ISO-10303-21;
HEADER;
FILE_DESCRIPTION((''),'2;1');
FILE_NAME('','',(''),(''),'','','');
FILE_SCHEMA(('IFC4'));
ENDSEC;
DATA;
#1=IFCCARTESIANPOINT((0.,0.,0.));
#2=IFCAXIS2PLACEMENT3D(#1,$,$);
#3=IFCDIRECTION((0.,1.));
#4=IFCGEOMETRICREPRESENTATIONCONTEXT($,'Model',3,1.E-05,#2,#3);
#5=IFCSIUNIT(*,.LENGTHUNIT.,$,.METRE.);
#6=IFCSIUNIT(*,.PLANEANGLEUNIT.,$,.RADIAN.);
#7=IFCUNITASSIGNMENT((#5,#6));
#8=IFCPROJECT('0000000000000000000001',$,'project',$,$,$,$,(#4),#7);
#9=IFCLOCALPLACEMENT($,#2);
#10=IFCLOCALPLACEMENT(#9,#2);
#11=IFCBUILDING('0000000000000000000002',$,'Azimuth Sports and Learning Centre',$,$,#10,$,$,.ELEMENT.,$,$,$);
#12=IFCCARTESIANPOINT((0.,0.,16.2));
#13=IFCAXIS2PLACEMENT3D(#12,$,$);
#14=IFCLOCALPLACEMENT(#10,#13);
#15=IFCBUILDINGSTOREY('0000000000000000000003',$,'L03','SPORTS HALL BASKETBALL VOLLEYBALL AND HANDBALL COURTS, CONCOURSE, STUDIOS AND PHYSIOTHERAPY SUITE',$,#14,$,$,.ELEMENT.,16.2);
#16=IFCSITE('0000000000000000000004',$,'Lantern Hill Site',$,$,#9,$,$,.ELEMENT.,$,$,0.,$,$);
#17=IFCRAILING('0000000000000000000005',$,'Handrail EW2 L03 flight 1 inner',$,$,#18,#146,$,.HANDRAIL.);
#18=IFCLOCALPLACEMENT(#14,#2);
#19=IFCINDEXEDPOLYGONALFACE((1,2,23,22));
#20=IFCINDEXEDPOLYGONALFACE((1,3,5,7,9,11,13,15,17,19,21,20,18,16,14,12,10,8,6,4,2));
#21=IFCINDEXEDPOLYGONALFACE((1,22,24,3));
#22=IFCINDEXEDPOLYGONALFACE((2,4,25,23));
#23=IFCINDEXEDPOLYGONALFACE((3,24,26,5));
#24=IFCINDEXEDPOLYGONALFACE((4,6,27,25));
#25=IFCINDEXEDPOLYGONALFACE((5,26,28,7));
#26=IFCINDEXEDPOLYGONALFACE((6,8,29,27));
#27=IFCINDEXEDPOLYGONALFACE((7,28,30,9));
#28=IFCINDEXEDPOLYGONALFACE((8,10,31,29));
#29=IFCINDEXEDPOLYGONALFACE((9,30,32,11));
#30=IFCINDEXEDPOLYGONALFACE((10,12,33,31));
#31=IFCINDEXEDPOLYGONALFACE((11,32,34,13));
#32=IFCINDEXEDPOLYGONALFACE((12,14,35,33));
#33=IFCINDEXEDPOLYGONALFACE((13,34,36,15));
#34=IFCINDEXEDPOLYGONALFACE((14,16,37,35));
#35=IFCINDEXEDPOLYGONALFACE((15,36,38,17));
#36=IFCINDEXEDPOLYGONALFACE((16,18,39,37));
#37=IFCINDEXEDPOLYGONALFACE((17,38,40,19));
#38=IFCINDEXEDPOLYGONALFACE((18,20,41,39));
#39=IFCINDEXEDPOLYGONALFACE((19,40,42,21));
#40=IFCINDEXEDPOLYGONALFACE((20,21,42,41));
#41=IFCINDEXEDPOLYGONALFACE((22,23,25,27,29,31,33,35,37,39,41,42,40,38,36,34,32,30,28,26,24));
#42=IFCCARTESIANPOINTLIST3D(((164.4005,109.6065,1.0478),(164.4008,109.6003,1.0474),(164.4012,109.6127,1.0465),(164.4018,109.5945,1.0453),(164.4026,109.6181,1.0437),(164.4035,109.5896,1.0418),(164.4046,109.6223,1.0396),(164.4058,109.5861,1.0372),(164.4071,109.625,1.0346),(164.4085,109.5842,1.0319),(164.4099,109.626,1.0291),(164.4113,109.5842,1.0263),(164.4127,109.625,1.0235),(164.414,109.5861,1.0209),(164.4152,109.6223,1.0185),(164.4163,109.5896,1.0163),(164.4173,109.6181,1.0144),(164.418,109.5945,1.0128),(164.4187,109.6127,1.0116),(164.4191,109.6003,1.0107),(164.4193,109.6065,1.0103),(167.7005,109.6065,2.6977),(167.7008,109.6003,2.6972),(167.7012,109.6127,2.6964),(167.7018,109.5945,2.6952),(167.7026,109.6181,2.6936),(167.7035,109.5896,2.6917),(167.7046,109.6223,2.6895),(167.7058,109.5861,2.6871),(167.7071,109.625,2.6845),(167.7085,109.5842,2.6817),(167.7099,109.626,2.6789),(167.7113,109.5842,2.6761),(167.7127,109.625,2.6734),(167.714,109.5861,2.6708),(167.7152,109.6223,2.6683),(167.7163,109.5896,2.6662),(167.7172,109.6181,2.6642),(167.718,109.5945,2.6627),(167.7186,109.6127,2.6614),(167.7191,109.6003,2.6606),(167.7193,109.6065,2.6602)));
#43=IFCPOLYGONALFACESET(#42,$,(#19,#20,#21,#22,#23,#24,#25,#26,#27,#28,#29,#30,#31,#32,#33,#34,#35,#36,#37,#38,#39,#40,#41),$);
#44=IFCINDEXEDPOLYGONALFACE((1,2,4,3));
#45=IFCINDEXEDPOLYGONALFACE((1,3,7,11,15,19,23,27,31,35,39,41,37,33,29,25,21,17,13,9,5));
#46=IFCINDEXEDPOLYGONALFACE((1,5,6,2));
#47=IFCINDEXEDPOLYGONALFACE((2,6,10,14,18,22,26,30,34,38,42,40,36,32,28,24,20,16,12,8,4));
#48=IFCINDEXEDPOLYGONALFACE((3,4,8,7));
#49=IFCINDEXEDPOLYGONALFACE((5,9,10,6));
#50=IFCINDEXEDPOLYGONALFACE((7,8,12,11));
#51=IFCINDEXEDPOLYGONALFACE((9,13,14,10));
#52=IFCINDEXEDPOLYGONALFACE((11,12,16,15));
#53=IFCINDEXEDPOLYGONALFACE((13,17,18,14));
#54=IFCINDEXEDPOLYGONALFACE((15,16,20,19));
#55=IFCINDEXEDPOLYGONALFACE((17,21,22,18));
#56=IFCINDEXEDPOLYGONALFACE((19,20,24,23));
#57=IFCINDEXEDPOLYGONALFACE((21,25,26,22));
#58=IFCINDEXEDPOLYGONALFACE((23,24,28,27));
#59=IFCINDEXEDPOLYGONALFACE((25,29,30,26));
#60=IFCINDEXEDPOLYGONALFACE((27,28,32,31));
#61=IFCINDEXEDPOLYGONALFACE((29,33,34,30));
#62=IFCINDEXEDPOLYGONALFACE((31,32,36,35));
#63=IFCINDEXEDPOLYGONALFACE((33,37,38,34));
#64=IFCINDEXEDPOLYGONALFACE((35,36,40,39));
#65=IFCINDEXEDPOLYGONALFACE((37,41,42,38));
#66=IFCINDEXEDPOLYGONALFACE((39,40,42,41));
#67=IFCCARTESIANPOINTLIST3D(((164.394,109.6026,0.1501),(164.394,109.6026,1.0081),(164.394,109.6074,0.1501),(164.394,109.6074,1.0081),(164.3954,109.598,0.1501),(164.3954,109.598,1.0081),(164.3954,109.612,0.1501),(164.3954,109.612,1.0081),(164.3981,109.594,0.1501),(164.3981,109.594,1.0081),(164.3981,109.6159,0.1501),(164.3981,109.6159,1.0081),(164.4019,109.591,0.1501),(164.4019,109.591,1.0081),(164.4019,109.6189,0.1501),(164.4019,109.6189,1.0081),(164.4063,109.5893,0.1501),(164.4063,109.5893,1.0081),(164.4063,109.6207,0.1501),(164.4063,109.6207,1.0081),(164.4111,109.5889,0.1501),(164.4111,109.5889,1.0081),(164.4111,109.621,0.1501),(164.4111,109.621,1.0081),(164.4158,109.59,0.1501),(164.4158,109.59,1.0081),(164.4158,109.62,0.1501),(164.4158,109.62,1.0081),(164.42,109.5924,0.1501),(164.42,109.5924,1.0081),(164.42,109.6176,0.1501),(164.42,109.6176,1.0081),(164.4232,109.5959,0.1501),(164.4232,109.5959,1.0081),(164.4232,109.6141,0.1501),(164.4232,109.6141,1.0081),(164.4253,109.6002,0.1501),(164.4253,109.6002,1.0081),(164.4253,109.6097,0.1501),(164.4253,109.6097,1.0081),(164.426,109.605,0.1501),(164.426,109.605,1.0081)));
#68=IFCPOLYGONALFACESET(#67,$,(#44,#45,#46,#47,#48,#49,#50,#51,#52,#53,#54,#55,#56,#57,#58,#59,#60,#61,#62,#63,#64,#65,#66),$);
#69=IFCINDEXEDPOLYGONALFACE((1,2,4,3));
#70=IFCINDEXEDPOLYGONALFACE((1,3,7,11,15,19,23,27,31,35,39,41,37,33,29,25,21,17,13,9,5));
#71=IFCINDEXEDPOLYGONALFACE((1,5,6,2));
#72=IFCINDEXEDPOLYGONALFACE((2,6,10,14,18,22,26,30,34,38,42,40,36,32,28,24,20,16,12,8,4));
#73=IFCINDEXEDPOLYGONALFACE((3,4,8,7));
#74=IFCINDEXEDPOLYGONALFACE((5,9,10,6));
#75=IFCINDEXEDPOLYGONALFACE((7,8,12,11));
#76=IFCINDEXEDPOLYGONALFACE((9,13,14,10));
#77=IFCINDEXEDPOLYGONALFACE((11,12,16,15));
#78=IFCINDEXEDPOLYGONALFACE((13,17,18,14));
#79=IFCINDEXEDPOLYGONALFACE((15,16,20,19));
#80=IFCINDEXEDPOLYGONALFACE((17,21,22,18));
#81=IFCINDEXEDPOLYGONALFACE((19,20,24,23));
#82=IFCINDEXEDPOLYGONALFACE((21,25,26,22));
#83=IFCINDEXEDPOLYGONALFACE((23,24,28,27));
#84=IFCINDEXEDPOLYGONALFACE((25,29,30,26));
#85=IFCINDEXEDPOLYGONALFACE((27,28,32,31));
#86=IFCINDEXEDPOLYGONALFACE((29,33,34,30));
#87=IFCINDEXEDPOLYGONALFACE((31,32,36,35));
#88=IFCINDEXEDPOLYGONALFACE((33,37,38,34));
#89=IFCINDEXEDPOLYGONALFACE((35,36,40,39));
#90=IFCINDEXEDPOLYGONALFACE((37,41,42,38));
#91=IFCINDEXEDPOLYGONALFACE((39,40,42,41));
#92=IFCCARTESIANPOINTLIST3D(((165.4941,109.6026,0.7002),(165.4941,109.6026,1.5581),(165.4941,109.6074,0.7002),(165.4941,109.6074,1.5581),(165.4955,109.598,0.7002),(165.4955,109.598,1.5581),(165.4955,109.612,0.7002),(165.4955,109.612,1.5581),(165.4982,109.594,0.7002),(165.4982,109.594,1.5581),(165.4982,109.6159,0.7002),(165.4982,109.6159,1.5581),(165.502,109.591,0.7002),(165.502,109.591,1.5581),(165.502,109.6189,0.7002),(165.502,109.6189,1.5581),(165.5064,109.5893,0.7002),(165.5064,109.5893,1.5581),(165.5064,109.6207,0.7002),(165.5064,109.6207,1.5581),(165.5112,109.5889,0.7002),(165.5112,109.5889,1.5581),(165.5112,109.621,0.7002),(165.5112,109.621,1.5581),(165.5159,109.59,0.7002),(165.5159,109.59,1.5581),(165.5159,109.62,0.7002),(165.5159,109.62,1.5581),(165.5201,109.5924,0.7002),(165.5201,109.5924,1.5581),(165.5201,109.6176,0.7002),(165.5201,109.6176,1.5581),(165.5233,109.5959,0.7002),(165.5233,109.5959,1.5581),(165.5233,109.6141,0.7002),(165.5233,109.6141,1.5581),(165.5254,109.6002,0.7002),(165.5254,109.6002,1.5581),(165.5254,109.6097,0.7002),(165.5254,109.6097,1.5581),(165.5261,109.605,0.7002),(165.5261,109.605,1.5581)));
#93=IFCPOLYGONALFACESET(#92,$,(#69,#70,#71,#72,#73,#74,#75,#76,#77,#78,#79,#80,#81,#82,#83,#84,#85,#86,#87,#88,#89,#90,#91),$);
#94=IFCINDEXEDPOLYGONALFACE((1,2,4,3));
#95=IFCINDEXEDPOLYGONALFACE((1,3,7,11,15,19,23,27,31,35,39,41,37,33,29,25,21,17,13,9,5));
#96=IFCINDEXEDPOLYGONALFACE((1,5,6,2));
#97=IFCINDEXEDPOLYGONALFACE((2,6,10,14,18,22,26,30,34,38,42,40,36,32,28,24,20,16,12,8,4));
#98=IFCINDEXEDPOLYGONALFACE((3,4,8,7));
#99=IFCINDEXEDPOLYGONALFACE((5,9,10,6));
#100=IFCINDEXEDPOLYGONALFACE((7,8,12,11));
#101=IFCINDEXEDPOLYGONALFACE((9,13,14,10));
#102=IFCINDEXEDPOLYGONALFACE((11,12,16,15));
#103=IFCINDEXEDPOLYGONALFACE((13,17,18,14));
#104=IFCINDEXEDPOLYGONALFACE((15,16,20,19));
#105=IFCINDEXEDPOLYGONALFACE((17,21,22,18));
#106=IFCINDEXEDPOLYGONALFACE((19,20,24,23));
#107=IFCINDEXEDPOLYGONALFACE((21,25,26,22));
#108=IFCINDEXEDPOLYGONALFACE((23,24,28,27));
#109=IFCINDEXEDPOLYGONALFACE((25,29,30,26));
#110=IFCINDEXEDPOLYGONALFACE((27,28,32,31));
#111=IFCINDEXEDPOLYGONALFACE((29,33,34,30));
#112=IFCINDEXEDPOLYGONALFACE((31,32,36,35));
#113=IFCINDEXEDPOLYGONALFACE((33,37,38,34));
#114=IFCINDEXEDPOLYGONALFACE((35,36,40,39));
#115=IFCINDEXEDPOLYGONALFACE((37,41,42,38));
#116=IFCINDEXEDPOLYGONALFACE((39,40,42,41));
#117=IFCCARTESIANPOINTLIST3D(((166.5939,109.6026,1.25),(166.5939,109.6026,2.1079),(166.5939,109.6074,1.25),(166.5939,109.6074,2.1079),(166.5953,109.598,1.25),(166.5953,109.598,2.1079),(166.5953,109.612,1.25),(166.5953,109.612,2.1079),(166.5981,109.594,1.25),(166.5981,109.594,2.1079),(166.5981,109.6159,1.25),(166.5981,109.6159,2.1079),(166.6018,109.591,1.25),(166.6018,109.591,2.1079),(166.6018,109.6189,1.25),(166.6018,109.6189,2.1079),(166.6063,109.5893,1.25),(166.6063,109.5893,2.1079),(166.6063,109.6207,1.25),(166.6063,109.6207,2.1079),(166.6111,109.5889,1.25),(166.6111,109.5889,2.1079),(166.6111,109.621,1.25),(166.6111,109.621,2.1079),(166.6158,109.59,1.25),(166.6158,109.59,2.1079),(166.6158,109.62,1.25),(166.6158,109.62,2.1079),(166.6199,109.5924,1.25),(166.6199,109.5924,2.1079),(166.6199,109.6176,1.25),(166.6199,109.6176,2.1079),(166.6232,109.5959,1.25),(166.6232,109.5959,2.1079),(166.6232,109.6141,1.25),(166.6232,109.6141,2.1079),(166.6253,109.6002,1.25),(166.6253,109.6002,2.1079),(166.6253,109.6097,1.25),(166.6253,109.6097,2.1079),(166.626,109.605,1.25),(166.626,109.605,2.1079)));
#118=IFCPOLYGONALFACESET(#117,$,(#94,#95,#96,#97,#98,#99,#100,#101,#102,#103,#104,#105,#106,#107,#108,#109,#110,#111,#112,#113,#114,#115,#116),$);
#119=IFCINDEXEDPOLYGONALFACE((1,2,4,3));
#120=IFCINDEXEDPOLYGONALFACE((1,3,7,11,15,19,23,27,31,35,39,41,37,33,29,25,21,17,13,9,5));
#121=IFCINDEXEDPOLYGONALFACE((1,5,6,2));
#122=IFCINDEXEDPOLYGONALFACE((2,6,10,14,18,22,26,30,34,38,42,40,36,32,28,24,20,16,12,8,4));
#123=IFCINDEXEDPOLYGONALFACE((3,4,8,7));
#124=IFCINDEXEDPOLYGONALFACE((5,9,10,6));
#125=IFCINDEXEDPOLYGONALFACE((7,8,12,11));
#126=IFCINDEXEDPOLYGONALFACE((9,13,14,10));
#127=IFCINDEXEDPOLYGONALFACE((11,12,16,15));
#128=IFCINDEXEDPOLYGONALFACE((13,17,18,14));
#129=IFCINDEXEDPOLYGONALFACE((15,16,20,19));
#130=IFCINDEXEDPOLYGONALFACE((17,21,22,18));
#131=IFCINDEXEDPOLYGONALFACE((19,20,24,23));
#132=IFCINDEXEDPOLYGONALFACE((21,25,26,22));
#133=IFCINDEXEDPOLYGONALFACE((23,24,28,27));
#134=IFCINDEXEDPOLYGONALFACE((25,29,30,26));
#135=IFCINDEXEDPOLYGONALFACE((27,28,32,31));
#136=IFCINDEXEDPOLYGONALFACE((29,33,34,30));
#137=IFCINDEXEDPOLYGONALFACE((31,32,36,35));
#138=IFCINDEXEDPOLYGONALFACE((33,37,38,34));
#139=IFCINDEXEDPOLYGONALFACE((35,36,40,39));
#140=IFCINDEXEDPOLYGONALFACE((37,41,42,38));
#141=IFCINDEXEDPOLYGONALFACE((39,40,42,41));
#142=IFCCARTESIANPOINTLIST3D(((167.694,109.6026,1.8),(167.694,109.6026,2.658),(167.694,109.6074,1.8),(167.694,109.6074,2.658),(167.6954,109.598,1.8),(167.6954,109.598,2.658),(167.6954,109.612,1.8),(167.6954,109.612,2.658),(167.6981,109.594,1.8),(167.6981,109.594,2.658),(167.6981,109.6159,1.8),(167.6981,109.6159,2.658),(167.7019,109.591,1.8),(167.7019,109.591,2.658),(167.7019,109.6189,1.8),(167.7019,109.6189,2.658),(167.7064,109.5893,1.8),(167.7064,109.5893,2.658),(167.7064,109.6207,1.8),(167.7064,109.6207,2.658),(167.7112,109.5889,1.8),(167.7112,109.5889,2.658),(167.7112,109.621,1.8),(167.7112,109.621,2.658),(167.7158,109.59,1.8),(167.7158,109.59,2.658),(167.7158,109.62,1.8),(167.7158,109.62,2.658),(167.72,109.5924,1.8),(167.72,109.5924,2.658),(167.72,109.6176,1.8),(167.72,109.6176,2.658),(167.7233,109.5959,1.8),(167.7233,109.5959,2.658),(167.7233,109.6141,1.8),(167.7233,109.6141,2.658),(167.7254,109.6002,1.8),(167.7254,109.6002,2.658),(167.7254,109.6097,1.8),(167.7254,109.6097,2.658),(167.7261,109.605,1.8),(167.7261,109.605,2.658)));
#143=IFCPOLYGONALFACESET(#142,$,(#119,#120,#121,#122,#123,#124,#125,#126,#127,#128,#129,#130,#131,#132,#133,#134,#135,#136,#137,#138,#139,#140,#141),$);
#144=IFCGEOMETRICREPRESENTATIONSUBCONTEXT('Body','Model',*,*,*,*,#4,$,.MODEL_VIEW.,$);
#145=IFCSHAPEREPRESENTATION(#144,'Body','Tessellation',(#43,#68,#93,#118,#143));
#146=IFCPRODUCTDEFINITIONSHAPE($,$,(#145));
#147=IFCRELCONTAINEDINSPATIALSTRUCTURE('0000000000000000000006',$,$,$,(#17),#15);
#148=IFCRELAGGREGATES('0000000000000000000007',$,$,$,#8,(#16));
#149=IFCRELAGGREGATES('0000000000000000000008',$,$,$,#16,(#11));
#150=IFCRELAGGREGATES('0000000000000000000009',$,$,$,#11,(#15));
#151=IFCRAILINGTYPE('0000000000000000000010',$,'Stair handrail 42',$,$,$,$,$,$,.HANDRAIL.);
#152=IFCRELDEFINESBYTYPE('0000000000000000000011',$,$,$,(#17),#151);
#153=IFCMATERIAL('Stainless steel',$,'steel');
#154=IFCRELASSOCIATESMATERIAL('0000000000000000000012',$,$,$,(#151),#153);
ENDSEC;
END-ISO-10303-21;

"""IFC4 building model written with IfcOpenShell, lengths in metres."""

from ifc_helpers import new_model, si_unit, direction, frame, origin, origin_2d, place, context, subcontext, project, spatial, circle, extrude, material, type_object, element, save


model = new_model("IFC4")

# Units and contexts
model_context = context("Model", 3, precision=1e-05, world=origin(), true_north=direction((0.0, 1.0)))
body_context = subcontext(model_context, "Body", "Model", "MODEL_VIEW")
ifc_project = project(units=[si_unit("LENGTHUNIT", "METRE"), si_unit("PLANEANGLEUNIT", "RADIAN")], contexts=[model_context])

# Site, building, storey
site_placement = place(None, origin())
site = spatial("IfcSite", under=ifc_project, at=site_placement, Name="Lantern Hill Site", CompositionType="ELEMENT", RefElevation=0.0)
building_placement = place(site_placement, origin())
building = spatial("IfcBuilding", under=site, at=building_placement, Name="Azimuth Sports and Learning Centre", CompositionType="ELEMENT")
storey_placement = place(building_placement, frame((0.0, 0.0, 16.2)))
storey = spatial("IfcBuildingStorey", under=building, at=storey_placement, Name="L03", Description="SPORTS HALL BASKETBALL VOLLEYBALL AND HANDBALL COURTS, CONCOURSE, STUDIOS AND PHYSIOTHERAPY SUITE", CompositionType="ELEMENT", Elevation=16.2)

# Railing
ifc_material_1 = material(Name="Stainless steel", Category="steel")
railing_type_1 = type_object("IfcRailingType", Name="Stair handrail 42", PredefinedType="HANDRAIL", material=ifc_material_1)
for number, where, name in (
    (1, (164.4099, 109.605, 0.1501), "Handrail EW2 L03 flight 1 inner"),
):
    element("IfcRailing", number, at=place(storey_placement, frame(where)), inside=storey, type_object=railing_type_1, Name=name, PredefinedType="HANDRAIL", context=body_context, shape_type="SweptSolid", body=[
        extrude(circle(Radius=0.021, at=origin_2d()), frame((0.0, 0.0, 0.8789), z_axis=(0.89444, 0.0, 0.447187), x_axis=(0.0, 1.0, 0.0)), (0.0, 0.0, 1.0), 3.6895),
        extrude(circle(Radius=0.0161, at=origin_2d()), origin(), (0.0, 0.0, 1.0), 0.8579),
        extrude(circle(Radius=0.0161, at=origin_2d()), frame((1.1001, 0.0, 0.55)), (0.0, 0.0, 1.0), 0.8579),
        extrude(circle(Radius=0.0161, at=origin_2d()), frame((2.2, 0.0, 1.0999)), (0.0, 0.0, 1.0), 0.8579),
        extrude(circle(Radius=0.0161, at=origin_2d()), frame((3.3, 0.0, 1.6499)), (0.0, 0.0, 1.0), 0.8579),
    ])

save(model, "model.ifc")
